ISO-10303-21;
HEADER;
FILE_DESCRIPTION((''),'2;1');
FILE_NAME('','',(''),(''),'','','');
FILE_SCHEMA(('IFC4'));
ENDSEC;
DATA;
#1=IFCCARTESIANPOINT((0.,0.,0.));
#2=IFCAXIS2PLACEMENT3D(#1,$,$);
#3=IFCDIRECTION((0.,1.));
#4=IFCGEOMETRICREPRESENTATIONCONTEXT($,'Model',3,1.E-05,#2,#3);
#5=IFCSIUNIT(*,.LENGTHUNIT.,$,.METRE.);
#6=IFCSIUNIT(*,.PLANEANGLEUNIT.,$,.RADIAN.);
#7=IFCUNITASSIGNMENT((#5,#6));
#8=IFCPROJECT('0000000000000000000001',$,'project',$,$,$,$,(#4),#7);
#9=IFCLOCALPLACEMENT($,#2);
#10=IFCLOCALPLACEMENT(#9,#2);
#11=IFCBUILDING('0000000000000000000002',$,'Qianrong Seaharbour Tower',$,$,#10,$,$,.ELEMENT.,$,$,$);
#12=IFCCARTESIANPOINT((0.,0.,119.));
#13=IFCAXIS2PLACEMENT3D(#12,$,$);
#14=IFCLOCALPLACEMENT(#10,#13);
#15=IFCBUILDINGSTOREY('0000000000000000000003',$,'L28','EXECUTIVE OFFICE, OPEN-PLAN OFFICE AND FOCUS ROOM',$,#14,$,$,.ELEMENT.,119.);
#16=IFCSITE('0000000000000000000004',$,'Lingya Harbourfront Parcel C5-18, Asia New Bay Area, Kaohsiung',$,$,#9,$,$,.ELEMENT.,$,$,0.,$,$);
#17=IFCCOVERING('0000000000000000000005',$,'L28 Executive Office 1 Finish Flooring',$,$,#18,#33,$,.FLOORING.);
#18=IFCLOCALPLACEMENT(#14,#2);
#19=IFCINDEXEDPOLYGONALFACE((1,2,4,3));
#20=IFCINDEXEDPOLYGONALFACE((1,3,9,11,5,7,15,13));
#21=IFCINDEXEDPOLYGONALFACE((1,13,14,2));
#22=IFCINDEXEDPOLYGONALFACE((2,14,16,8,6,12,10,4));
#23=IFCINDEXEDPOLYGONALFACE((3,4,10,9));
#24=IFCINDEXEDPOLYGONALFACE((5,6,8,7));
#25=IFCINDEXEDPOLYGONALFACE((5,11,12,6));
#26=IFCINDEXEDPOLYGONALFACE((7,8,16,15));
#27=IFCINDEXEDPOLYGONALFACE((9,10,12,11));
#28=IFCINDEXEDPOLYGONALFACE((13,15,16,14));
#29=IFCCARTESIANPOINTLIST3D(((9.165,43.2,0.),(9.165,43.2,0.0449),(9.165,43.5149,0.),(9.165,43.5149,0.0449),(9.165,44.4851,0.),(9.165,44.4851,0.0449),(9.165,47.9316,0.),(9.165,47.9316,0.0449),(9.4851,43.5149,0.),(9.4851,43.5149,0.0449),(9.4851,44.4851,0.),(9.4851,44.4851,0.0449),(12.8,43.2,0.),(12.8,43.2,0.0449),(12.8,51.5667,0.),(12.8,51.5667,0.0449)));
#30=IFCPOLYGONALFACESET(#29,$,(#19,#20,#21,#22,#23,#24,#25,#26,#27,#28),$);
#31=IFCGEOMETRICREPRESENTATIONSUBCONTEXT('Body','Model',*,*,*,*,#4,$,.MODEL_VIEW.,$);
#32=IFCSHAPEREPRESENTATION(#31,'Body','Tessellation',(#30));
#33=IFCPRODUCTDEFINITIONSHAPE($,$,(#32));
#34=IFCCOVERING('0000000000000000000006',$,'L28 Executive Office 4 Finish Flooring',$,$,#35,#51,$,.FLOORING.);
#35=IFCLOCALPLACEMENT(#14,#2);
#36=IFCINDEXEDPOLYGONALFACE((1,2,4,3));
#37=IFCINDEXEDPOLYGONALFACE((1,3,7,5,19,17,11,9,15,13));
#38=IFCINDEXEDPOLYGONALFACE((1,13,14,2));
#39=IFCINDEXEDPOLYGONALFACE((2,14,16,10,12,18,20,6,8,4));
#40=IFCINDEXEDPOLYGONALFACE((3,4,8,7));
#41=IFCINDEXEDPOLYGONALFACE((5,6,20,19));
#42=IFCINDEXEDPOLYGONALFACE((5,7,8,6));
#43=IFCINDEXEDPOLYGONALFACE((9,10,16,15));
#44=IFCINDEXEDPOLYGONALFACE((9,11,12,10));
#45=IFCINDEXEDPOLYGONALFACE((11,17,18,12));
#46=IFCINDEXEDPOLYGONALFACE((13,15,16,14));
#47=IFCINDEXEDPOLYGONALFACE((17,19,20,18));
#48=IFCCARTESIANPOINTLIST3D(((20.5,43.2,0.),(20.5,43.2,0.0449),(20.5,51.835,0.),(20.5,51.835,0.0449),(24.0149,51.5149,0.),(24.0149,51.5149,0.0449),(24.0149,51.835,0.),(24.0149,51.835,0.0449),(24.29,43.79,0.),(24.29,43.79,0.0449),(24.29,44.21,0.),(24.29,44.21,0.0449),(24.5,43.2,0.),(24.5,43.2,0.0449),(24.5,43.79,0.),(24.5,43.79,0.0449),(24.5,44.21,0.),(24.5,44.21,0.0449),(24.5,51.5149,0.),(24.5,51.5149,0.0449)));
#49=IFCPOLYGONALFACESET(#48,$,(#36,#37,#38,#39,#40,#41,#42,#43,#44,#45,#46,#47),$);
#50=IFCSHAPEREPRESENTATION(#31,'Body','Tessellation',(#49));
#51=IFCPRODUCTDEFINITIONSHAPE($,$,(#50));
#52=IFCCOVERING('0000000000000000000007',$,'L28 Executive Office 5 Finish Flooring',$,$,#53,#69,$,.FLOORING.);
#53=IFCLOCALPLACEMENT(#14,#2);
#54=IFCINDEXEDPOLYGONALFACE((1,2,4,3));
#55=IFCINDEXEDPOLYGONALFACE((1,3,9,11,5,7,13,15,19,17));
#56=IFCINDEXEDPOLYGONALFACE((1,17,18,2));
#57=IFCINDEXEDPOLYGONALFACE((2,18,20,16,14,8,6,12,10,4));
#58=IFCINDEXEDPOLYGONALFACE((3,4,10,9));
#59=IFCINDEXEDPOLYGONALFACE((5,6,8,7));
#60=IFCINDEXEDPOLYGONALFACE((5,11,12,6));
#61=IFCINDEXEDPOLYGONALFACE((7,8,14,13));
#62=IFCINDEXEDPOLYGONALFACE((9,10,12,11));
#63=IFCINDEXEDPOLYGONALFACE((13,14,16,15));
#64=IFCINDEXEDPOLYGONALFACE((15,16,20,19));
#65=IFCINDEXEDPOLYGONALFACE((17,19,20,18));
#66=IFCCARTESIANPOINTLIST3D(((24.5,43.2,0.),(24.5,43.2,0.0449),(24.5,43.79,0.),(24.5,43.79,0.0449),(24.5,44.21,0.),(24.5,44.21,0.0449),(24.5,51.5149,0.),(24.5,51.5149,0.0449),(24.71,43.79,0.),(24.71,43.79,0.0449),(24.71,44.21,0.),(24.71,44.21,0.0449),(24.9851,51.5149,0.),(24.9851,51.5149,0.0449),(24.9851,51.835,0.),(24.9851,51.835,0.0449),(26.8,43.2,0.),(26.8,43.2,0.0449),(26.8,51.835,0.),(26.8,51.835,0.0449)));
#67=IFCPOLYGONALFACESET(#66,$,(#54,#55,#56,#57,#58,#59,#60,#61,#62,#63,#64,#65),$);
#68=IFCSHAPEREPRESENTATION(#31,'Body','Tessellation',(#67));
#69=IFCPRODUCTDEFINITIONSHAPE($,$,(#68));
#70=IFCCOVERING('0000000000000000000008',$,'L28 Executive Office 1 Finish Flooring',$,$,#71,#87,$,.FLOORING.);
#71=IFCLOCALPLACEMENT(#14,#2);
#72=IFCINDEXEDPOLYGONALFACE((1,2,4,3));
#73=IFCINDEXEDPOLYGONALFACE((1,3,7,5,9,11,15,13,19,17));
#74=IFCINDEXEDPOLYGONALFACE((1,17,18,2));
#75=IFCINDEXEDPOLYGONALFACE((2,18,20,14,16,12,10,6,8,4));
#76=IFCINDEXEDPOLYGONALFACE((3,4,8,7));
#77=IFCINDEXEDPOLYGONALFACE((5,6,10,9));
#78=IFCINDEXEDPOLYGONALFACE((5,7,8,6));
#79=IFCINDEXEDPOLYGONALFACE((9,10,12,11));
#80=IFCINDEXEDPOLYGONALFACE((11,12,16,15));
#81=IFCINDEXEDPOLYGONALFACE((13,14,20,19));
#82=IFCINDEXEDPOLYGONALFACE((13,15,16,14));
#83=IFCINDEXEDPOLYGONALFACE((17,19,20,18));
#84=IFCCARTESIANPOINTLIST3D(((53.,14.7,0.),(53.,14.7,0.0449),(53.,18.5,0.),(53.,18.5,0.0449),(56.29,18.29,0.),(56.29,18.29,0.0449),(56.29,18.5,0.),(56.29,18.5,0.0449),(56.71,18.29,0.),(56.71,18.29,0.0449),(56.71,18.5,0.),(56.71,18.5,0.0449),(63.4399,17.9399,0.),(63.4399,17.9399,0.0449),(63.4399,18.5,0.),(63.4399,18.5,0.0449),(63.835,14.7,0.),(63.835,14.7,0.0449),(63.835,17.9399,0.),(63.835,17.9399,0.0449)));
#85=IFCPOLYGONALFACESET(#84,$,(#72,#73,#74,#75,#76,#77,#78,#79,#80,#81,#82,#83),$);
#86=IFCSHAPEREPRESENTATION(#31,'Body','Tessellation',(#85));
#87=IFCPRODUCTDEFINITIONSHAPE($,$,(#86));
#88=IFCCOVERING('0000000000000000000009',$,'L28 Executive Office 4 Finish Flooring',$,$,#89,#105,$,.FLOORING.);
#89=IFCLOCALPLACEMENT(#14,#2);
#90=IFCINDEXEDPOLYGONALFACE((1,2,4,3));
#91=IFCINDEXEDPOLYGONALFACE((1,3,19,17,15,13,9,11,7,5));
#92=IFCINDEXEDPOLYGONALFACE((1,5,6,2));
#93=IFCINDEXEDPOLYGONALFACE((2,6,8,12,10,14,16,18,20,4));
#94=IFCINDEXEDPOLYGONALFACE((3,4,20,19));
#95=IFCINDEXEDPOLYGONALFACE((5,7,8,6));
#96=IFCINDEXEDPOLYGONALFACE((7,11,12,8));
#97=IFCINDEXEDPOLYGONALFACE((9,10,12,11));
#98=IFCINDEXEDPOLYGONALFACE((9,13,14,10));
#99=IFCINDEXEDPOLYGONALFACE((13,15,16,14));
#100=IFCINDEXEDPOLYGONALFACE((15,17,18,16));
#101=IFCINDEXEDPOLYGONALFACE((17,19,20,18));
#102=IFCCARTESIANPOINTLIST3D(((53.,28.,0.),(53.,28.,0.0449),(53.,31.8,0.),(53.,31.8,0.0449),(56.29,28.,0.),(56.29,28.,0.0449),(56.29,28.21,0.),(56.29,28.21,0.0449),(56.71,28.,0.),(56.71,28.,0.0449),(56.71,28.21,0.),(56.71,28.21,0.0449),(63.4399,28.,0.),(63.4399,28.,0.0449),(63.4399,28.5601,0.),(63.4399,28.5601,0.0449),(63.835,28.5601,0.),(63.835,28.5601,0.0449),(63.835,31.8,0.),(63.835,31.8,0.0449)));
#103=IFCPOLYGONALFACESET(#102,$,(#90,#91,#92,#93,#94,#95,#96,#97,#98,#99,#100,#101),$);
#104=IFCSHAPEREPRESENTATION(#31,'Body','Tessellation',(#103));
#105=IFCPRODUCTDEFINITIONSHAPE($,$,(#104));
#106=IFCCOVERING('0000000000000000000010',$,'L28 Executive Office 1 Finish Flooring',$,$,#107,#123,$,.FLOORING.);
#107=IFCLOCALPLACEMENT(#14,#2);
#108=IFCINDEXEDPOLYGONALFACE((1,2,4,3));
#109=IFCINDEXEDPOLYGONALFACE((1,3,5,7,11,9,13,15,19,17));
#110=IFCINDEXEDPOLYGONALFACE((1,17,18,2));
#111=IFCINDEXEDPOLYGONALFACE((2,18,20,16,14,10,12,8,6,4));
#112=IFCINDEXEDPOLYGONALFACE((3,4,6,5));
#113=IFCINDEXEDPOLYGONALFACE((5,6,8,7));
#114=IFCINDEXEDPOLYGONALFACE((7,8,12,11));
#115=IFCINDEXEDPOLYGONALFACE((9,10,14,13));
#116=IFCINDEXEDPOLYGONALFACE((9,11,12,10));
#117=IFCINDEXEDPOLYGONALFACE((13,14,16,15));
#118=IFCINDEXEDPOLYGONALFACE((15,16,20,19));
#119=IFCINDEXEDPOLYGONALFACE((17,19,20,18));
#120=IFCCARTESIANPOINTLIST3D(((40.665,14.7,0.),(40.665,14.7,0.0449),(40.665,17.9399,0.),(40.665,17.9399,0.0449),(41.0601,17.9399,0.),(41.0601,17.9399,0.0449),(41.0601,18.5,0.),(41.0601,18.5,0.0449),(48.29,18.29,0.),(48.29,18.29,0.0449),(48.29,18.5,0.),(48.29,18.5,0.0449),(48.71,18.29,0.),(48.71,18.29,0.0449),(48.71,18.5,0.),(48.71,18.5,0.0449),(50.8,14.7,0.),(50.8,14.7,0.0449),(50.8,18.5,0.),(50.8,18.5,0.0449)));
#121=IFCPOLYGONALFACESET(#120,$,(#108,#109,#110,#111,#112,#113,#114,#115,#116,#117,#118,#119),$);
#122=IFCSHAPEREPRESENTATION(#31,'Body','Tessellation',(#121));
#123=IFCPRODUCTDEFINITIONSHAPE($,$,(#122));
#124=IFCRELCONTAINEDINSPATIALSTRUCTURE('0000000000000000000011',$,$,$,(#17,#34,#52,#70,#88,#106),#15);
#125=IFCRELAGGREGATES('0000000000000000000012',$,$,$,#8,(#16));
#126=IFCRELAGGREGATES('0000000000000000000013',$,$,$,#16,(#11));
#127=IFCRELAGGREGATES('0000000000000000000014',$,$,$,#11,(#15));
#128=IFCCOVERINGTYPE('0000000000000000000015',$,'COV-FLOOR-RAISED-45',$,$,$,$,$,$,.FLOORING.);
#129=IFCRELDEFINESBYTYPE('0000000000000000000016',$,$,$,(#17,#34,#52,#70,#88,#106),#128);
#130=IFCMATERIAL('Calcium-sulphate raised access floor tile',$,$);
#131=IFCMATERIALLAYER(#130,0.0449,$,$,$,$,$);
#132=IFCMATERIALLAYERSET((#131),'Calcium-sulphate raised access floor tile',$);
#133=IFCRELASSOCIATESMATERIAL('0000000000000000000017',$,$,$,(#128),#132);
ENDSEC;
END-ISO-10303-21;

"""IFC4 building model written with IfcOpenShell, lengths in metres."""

from ifc_helpers import new_model, si_unit, direction, frame, origin, place, context, subcontext, project, spatial, polyline, outline, extrude, material, layer, layer_set, type_object, element, save


model = new_model("IFC4")

# Units and contexts
model_context = context("Model", 3, precision=1e-05, world=origin(), true_north=direction((0.0, 1.0)))
body_context = subcontext(model_context, "Body", "Model", "MODEL_VIEW")
ifc_project = project(units=[si_unit("LENGTHUNIT", "METRE"), si_unit("PLANEANGLEUNIT", "RADIAN")], contexts=[model_context])

# Site, building, storey
site_placement = place(None, origin())
site = spatial("IfcSite", under=ifc_project, at=site_placement, Name="Lingya Harbourfront Parcel C5-18, Asia New Bay Area, Kaohsiung", CompositionType="ELEMENT", RefElevation=0.0)
building_placement = place(site_placement, origin())
building = spatial("IfcBuilding", under=site, at=building_placement, Name="Qianrong Seaharbour Tower", CompositionType="ELEMENT")
storey_placement = place(building_placement, frame((0.0, 0.0, 119.0)))
storey = spatial("IfcBuildingStorey", under=building, at=storey_placement, Name="L28", Description="EXECUTIVE OFFICE, OPEN-PLAN OFFICE AND FOCUS ROOM", CompositionType="ELEMENT", Elevation=119.0)

# Coverings
ifc_material_1 = material(Name="Calcium-sulphate raised access floor tile")
ifc_layer_1 = layer(ifc_material_1, 0.0449)
ifc_layer_set_1 = layer_set([ifc_layer_1], Name="Calcium-sulphate raised access floor tile")
covering_type_1 = type_object("IfcCoveringType", Name="COV-FLOOR-RAISED-45", PredefinedType="FLOORING", material=ifc_layer_set_1)
covering_1_placement = place(storey_placement, origin())
element("IfcCovering", 1, at=covering_1_placement, inside=storey, type_object=covering_type_1, Name="L28 Executive Office 1 Finish Flooring", PredefinedType="FLOORING", context=body_context, shape_type="SweptSolid", body=[
    extrude(outline(polyline([(9.165, 43.5149), (9.4851, 43.5149), (9.4851, 44.4851), (9.165, 44.4851), (9.165, 47.9316), (12.8, 51.5667), (12.8, 43.2), (9.165, 43.2), (9.165, 43.5149)])), origin(), (0.0, 0.0, 1.0), 0.0449),
])
covering_2_placement = place(storey_placement, origin())
element("IfcCovering", 2, at=covering_2_placement, inside=storey, type_object=covering_type_1, Name="L28 Executive Office 4 Finish Flooring", PredefinedType="FLOORING", context=body_context, shape_type="SweptSolid", body=[
    extrude(outline(polyline([(20.5, 51.835), (24.0149, 51.835), (24.0149, 51.5149), (24.5, 51.5149), (24.5, 44.21), (24.29, 44.21), (24.29, 43.79), (24.5, 43.79), (24.5, 43.2), (20.5, 43.2), (20.5, 51.835)])), origin(), (0.0, 0.0, 1.0), 0.0449),
])
covering_3_placement = place(storey_placement, origin())
element("IfcCovering", 3, at=covering_3_placement, inside=storey, type_object=covering_type_1, Name="L28 Executive Office 5 Finish Flooring", PredefinedType="FLOORING", context=body_context, shape_type="SweptSolid", body=[
    extrude(outline(polyline([(24.5, 43.79), (24.71, 43.79), (24.71, 44.21), (24.5, 44.21), (24.5, 51.5149), (24.9851, 51.5149), (24.9851, 51.835), (26.8, 51.835), (26.8, 43.2), (24.5, 43.2), (24.5, 43.79)])), origin(), (0.0, 0.0, 1.0), 0.0449),
])
covering_4_placement = place(storey_placement, origin())
element("IfcCovering", 4, at=covering_4_placement, inside=storey, type_object=covering_type_1, Name="L28 Executive Office 1 Finish Flooring", PredefinedType="FLOORING", context=body_context, shape_type="SweptSolid", body=[
    extrude(outline(polyline([(56.29, 18.5), (56.29, 18.29), (56.71, 18.29), (56.71, 18.5), (63.4399, 18.5), (63.4399, 17.9399), (63.835, 17.9399), (63.835, 14.7), (53.0, 14.7), (53.0, 18.5), (56.29, 18.5)])), origin(), (0.0, 0.0, 1.0), 0.0449),
])
covering_5_placement = place(storey_placement, origin())
element("IfcCovering", 5, at=covering_5_placement, inside=storey, type_object=covering_type_1, Name="L28 Executive Office 4 Finish Flooring", PredefinedType="FLOORING", context=body_context, shape_type="SweptSolid", body=[
    extrude(outline(polyline([(63.835, 31.8), (63.835, 28.5601), (63.4399, 28.5601), (63.4399, 28.0), (56.71, 28.0), (56.71, 28.21), (56.29, 28.21), (56.29, 28.0), (53.0, 28.0), (53.0, 31.8), (63.835, 31.8)])), origin(), (0.0, 0.0, 1.0), 0.0449),
])
covering_6_placement = place(storey_placement, origin())
element("IfcCovering", 6, at=covering_6_placement, inside=storey, type_object=covering_type_1, Name="L28 Executive Office 1 Finish Flooring", PredefinedType="FLOORING", context=body_context, shape_type="SweptSolid", body=[
    extrude(outline(polyline([(40.665, 14.7), (40.665, 17.9399), (41.0601, 17.9399), (41.0601, 18.5), (48.29, 18.5), (48.29, 18.29), (48.71, 18.29), (48.71, 18.5), (50.8, 18.5), (50.8, 14.7), (40.665, 14.7)])), origin(), (0.0, 0.0, 1.0), 0.0449),
])

save(model, "model.ifc")
